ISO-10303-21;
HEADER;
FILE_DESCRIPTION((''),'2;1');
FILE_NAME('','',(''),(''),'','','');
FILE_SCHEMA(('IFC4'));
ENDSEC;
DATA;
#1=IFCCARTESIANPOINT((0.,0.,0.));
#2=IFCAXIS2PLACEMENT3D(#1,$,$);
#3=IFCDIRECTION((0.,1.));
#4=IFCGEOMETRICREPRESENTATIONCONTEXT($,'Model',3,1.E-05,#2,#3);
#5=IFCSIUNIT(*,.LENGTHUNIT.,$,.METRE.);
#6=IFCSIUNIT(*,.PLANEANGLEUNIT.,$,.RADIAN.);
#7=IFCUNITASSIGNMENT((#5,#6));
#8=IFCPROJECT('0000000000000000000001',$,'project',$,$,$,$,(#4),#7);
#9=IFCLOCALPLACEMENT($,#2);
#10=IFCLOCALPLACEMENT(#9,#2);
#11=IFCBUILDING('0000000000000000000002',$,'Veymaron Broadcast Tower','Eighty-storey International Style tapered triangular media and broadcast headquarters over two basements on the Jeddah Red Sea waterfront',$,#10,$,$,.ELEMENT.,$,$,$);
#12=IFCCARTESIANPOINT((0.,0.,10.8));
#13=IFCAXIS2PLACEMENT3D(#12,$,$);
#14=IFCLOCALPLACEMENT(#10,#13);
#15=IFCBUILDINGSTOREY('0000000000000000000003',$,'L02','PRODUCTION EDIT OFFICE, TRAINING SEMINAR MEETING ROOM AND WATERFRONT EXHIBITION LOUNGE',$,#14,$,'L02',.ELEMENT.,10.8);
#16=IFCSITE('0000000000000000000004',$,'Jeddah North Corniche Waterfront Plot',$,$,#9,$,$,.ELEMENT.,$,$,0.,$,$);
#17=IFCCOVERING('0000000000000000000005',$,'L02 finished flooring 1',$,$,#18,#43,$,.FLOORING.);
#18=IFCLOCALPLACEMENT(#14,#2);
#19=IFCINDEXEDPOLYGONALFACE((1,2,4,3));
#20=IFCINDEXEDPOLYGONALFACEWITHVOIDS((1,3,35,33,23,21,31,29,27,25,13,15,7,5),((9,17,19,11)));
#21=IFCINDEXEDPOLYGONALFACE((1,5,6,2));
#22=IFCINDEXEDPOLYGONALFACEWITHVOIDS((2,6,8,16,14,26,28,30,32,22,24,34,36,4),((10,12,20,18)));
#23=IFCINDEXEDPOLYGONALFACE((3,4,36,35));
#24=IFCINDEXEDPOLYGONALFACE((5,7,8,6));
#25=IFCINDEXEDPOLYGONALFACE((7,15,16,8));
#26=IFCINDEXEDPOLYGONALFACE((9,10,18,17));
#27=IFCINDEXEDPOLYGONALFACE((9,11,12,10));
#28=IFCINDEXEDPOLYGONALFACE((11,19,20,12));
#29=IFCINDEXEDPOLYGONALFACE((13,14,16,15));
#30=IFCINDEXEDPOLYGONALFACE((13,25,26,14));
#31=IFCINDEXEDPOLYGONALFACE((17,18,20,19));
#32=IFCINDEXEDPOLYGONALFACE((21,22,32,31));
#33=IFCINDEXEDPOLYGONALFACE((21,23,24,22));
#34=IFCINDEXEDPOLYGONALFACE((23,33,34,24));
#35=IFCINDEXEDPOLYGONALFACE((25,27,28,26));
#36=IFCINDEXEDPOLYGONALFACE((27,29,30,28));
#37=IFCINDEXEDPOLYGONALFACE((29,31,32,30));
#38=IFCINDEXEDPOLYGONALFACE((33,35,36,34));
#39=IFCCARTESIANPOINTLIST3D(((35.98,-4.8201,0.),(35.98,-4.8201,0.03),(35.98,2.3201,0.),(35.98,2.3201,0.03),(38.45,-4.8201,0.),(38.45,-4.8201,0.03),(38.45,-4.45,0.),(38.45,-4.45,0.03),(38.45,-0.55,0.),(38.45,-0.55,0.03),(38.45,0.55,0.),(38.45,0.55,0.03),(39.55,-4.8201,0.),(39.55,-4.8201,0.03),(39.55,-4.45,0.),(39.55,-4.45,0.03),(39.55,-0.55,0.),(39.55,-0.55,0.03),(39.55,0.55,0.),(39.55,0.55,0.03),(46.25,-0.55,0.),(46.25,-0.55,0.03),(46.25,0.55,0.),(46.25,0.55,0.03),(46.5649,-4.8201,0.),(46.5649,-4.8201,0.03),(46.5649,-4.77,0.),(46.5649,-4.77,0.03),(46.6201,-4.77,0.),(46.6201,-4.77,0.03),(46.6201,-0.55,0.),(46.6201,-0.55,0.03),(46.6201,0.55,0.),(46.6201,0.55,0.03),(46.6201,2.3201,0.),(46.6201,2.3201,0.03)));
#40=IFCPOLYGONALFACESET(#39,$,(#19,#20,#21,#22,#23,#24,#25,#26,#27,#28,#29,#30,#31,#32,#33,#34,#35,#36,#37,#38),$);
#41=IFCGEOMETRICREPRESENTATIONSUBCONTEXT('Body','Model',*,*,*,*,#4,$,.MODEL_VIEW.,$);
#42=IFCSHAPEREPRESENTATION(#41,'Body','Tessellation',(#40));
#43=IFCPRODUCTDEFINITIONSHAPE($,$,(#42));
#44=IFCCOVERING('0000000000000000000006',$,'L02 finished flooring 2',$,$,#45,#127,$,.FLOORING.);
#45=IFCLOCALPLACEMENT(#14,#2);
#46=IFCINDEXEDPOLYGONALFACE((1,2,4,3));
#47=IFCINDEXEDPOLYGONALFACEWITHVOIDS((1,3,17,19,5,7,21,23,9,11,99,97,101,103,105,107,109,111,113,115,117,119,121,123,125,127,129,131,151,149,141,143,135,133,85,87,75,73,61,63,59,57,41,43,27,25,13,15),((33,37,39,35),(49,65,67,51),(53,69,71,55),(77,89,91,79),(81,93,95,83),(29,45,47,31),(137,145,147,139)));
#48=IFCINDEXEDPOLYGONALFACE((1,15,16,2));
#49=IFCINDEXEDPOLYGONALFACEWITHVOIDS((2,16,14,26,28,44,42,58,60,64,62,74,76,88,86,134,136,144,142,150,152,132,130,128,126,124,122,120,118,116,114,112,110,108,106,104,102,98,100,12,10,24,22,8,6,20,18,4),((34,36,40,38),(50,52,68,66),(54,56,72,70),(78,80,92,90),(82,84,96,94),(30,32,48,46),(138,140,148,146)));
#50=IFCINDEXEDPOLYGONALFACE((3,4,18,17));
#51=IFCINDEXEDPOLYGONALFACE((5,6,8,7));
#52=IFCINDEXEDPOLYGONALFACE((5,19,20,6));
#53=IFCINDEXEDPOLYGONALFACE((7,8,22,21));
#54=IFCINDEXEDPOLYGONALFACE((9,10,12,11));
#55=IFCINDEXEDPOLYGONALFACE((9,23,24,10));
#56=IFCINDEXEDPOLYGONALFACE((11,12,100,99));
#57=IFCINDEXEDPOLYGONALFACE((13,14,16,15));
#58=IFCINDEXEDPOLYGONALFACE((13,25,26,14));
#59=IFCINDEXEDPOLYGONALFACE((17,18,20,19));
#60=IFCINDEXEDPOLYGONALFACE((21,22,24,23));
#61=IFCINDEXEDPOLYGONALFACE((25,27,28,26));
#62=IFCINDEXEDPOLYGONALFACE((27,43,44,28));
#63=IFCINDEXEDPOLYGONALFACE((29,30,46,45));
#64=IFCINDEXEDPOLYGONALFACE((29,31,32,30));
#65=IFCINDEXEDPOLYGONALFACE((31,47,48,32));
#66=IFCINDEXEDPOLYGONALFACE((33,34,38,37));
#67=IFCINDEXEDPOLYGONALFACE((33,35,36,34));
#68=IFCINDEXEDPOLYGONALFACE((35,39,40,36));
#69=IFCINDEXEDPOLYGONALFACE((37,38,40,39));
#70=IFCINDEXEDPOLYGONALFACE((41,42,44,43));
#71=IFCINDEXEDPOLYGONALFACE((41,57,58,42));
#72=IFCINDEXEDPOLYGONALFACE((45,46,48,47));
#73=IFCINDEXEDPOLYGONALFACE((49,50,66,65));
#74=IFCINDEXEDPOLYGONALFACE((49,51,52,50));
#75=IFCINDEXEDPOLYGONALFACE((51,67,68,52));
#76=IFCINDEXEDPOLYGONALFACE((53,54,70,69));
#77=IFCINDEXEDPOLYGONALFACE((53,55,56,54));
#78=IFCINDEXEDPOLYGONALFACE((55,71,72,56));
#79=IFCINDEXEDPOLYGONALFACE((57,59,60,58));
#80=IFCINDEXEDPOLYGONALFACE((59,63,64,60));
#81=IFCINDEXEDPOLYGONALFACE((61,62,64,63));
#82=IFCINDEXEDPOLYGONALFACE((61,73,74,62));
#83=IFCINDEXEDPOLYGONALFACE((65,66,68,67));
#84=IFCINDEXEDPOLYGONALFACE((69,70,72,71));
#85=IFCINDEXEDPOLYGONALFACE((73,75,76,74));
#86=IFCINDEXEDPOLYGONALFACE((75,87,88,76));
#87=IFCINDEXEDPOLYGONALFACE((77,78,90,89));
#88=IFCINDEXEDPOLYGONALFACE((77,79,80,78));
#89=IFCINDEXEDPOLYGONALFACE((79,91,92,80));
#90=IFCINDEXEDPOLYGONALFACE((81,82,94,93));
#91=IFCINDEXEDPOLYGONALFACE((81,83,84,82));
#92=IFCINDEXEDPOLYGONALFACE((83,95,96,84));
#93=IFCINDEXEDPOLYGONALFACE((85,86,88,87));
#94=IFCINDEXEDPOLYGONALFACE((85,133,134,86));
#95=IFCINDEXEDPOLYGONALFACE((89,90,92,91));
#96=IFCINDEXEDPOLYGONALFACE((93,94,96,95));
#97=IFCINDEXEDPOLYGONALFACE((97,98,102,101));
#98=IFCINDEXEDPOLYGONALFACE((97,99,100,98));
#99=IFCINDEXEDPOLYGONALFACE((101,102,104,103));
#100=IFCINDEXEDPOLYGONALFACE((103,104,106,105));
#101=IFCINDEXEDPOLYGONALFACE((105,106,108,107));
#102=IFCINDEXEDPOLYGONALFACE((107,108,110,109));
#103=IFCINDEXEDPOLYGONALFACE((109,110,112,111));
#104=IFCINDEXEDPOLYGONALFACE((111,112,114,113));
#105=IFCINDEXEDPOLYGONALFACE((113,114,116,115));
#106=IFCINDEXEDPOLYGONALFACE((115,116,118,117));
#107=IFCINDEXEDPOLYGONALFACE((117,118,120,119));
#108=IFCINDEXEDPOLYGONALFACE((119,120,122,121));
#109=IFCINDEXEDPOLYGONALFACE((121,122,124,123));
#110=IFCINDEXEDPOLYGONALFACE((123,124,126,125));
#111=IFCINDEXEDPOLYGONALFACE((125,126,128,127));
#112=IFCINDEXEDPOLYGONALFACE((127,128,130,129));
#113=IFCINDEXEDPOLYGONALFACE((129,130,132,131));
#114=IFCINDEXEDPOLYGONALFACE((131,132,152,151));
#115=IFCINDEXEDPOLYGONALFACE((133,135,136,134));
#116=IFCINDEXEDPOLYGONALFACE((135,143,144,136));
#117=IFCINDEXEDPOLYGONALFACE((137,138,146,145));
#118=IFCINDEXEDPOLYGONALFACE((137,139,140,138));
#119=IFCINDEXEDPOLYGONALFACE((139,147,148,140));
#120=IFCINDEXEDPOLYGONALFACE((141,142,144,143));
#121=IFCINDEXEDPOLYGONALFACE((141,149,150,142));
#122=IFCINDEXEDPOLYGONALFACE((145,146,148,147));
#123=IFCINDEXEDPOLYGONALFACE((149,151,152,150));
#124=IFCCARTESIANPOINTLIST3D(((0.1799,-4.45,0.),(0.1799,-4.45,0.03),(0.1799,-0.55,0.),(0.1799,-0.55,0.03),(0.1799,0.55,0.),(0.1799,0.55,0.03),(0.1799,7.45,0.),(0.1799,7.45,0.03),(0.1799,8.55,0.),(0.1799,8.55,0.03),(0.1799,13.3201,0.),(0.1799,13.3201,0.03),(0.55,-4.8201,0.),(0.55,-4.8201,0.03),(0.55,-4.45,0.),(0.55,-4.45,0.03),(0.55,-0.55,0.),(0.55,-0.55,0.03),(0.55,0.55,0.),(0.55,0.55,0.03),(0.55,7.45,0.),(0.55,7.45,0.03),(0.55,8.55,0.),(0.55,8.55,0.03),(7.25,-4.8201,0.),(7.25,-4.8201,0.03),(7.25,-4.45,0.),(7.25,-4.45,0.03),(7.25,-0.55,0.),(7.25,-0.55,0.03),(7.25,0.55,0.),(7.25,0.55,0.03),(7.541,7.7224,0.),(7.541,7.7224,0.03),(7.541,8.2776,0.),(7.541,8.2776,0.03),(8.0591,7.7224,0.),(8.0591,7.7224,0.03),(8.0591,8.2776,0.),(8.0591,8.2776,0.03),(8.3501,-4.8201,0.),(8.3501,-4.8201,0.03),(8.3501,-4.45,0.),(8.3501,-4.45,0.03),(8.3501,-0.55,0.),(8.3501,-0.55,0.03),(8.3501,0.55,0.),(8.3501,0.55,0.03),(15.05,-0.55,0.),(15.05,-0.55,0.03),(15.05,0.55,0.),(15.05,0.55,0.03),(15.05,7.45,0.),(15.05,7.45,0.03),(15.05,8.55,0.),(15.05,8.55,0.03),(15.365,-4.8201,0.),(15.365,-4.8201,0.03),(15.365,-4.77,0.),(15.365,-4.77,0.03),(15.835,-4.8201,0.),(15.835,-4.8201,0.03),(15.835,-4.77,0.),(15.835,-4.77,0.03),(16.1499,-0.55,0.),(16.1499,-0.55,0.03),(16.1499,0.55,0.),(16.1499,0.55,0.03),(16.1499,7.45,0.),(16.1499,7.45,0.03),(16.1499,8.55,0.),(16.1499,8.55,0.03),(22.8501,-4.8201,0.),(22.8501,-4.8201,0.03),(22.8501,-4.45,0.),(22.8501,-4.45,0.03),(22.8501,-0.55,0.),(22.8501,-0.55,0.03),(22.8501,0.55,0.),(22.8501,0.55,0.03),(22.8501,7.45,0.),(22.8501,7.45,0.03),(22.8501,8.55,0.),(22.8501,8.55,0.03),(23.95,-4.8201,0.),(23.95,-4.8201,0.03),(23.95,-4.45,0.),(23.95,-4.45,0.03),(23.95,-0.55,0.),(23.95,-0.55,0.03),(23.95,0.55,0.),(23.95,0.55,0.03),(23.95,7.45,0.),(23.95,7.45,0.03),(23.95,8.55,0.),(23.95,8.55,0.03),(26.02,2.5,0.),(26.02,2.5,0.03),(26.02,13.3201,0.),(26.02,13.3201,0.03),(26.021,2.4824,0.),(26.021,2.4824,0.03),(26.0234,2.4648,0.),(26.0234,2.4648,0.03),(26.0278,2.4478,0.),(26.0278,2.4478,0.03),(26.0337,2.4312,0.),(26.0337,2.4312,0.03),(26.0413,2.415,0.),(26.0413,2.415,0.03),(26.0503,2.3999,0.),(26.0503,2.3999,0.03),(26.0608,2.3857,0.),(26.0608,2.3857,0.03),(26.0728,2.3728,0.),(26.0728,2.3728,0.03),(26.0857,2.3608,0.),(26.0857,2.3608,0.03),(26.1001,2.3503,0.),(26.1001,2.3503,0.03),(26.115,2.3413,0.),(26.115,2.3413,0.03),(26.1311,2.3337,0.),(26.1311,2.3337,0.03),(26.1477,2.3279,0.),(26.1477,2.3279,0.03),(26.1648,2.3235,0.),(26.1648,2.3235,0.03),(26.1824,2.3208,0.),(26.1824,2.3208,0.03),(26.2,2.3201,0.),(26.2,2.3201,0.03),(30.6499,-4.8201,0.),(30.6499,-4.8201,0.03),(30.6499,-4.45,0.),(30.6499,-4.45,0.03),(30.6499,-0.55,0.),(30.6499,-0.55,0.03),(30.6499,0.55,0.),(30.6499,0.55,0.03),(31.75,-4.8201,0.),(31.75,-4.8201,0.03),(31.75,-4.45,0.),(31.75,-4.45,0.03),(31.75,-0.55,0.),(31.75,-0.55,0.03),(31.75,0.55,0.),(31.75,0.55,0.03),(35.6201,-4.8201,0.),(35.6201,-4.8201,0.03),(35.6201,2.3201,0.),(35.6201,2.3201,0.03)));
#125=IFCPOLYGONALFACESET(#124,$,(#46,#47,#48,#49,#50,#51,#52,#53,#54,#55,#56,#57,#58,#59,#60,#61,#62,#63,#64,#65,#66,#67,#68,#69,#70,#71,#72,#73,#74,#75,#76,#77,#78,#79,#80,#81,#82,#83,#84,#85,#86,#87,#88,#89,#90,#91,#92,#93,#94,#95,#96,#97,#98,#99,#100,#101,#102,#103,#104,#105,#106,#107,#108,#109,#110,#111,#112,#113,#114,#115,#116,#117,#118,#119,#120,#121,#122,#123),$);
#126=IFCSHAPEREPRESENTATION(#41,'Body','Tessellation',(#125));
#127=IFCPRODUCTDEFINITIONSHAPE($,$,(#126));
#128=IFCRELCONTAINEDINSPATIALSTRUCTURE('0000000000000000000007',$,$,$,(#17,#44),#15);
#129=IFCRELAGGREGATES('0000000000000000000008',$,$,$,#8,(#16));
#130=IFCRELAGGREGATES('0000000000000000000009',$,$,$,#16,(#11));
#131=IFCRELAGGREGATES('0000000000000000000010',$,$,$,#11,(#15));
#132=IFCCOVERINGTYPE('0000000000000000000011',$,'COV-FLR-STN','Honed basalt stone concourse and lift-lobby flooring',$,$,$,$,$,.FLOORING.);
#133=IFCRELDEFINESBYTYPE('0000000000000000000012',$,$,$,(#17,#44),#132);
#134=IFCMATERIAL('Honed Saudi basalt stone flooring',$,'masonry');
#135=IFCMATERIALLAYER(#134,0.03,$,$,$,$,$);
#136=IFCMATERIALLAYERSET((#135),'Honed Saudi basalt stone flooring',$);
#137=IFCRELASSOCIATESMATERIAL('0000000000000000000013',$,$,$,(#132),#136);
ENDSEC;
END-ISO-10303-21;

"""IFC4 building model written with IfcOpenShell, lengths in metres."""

from ifc_helpers import new_model, si_unit, direction, frame, origin, place, context, subcontext, project, spatial, polyline, outline, extrude, material, layer, layer_set, type_object, element, save


model = new_model("IFC4")

# Units and contexts
model_context = context("Model", 3, precision=1e-05, world=origin(), true_north=direction((0.0, 1.0)))
body_context = subcontext(model_context, "Body", "Model", "MODEL_VIEW")
ifc_project = project(units=[si_unit("LENGTHUNIT", "METRE"), si_unit("PLANEANGLEUNIT", "RADIAN")], contexts=[model_context])

# Site, building, storey
site_placement = place(None, origin())
site = spatial("IfcSite", under=ifc_project, at=site_placement, Name="Jeddah North Corniche Waterfront Plot", CompositionType="ELEMENT", RefElevation=0.0)
building_placement = place(site_placement, origin())
building = spatial("IfcBuilding", under=site, at=building_placement, Name="Veymaron Broadcast Tower", Description="Eighty-storey International Style tapered triangular media and broadcast headquarters over two basements on the Jeddah Red Sea waterfront", CompositionType="ELEMENT")
storey_placement = place(building_placement, frame((0.0, 0.0, 10.8)))
storey = spatial("IfcBuildingStorey", under=building, at=storey_placement, Name="L02", Description="PRODUCTION EDIT OFFICE, TRAINING SEMINAR MEETING ROOM AND WATERFRONT EXHIBITION LOUNGE", LongName="L02", CompositionType="ELEMENT", Elevation=10.8)

# Coverings
ifc_material_1 = material(Name="Honed Saudi basalt stone flooring", Category="masonry")
ifc_layer_1 = layer(ifc_material_1, 0.03)
ifc_layer_set_1 = layer_set([ifc_layer_1], Name="Honed Saudi basalt stone flooring")
covering_type_1 = type_object("IfcCoveringType", Name="COV-FLR-STN", Description="Honed basalt stone concourse and lift-lobby flooring", PredefinedType="FLOORING", material=ifc_layer_set_1)
covering_1_placement = place(storey_placement, origin())
element("IfcCovering", 1, at=covering_1_placement, inside=storey, type_object=covering_type_1, Name="L02 finished flooring 1", PredefinedType="FLOORING", context=body_context, shape_type="SweptSolid", body=[
    extrude(outline(polyline([(46.5649, -4.8201), (39.55, -4.8201), (39.55, -4.45), (38.45, -4.45), (38.45, -4.8201), (35.98, -4.8201), (35.98, 2.3201), (46.6201, 2.3201), (46.6201, 0.55), (46.25, 0.55), (46.25, -0.55), (46.6201, -0.55), (46.6201, -4.77), (46.5649, -4.77), (46.5649, -4.8201)]), holes=[polyline([(38.45, 0.55), (38.45, -0.55), (39.55, -0.55), (39.55, 0.55), (38.45, 0.55)])]), origin(), (0.0, 0.0, 1.0), 0.03),
])
covering_2_placement = place(storey_placement, origin())
element("IfcCovering", 2, at=covering_2_placement, inside=storey, type_object=covering_type_1, Name="L02 finished flooring 2", PredefinedType="FLOORING", context=body_context, shape_type="SweptSolid", body=[
    extrude(outline(polyline([(0.1799, -0.55), (0.55, -0.55), (0.55, 0.55), (0.1799, 0.55), (0.1799, 7.45), (0.55, 7.45), (0.55, 8.55), (0.1799, 8.55), (0.1799, 13.3201), (26.02, 13.3201), (26.02, 2.5), (26.021, 2.4824), (26.0234, 2.4648), (26.0278, 2.4478), (26.0337, 2.4312), (26.0413, 2.415), (26.0503, 2.3999), (26.0608, 2.3857), (26.0728, 2.3728), (26.0857, 2.3608), (26.1001, 2.3503), (26.115, 2.3413), (26.1311, 2.3337), (26.1477, 2.3279), (26.1648, 2.3235), (26.1824, 2.3208), (26.2, 2.3201), (35.6201, 2.3201), (35.6201, -4.8201), (31.75, -4.8201), (31.75, -4.45), (30.6499, -4.45), (30.6499, -4.8201), (23.95, -4.8201), (23.95, -4.45), (22.8501, -4.45), (22.8501, -4.8201), (15.835, -4.8201), (15.835, -4.77), (15.365, -4.77), (15.365, -4.8201), (8.3501, -4.8201), (8.3501, -4.45), (7.25, -4.45), (7.25, -4.8201), (0.55, -4.8201), (0.55, -4.45), (0.1799, -4.45), (0.1799, -0.55)]), holes=[polyline([(30.6499, 0.55), (30.6499, -0.55), (31.75, -0.55), (31.75, 0.55), (30.6499, 0.55)]), polyline([(22.8501, -0.55), (23.95, -0.55), (23.95, 0.55), (22.8501, 0.55), (22.8501, -0.55)]), polyline([(22.8501, 8.55), (22.8501, 7.45), (23.95, 7.45), (23.95, 8.55), (22.8501, 8.55)]), polyline([(15.05, 0.55), (15.05, -0.55), (16.1499, -0.55), (16.1499, 0.55), (15.05, 0.55)]), polyline([(16.1499, 8.55), (15.05, 8.55), (15.05, 7.45), (16.1499, 7.45), (16.1499, 8.55)]), polyline([(7.25, -0.55), (8.3501, -0.55), (8.3501, 0.55), (7.25, 0.55), (7.25, -0.55)]), polyline([(7.541, 8.2776), (7.541, 7.7224), (8.0591, 7.7224), (8.0591, 8.2776), (7.541, 8.2776)])]), origin(), (0.0, 0.0, 1.0), 0.03),
])

save(model, "model.ifc")
